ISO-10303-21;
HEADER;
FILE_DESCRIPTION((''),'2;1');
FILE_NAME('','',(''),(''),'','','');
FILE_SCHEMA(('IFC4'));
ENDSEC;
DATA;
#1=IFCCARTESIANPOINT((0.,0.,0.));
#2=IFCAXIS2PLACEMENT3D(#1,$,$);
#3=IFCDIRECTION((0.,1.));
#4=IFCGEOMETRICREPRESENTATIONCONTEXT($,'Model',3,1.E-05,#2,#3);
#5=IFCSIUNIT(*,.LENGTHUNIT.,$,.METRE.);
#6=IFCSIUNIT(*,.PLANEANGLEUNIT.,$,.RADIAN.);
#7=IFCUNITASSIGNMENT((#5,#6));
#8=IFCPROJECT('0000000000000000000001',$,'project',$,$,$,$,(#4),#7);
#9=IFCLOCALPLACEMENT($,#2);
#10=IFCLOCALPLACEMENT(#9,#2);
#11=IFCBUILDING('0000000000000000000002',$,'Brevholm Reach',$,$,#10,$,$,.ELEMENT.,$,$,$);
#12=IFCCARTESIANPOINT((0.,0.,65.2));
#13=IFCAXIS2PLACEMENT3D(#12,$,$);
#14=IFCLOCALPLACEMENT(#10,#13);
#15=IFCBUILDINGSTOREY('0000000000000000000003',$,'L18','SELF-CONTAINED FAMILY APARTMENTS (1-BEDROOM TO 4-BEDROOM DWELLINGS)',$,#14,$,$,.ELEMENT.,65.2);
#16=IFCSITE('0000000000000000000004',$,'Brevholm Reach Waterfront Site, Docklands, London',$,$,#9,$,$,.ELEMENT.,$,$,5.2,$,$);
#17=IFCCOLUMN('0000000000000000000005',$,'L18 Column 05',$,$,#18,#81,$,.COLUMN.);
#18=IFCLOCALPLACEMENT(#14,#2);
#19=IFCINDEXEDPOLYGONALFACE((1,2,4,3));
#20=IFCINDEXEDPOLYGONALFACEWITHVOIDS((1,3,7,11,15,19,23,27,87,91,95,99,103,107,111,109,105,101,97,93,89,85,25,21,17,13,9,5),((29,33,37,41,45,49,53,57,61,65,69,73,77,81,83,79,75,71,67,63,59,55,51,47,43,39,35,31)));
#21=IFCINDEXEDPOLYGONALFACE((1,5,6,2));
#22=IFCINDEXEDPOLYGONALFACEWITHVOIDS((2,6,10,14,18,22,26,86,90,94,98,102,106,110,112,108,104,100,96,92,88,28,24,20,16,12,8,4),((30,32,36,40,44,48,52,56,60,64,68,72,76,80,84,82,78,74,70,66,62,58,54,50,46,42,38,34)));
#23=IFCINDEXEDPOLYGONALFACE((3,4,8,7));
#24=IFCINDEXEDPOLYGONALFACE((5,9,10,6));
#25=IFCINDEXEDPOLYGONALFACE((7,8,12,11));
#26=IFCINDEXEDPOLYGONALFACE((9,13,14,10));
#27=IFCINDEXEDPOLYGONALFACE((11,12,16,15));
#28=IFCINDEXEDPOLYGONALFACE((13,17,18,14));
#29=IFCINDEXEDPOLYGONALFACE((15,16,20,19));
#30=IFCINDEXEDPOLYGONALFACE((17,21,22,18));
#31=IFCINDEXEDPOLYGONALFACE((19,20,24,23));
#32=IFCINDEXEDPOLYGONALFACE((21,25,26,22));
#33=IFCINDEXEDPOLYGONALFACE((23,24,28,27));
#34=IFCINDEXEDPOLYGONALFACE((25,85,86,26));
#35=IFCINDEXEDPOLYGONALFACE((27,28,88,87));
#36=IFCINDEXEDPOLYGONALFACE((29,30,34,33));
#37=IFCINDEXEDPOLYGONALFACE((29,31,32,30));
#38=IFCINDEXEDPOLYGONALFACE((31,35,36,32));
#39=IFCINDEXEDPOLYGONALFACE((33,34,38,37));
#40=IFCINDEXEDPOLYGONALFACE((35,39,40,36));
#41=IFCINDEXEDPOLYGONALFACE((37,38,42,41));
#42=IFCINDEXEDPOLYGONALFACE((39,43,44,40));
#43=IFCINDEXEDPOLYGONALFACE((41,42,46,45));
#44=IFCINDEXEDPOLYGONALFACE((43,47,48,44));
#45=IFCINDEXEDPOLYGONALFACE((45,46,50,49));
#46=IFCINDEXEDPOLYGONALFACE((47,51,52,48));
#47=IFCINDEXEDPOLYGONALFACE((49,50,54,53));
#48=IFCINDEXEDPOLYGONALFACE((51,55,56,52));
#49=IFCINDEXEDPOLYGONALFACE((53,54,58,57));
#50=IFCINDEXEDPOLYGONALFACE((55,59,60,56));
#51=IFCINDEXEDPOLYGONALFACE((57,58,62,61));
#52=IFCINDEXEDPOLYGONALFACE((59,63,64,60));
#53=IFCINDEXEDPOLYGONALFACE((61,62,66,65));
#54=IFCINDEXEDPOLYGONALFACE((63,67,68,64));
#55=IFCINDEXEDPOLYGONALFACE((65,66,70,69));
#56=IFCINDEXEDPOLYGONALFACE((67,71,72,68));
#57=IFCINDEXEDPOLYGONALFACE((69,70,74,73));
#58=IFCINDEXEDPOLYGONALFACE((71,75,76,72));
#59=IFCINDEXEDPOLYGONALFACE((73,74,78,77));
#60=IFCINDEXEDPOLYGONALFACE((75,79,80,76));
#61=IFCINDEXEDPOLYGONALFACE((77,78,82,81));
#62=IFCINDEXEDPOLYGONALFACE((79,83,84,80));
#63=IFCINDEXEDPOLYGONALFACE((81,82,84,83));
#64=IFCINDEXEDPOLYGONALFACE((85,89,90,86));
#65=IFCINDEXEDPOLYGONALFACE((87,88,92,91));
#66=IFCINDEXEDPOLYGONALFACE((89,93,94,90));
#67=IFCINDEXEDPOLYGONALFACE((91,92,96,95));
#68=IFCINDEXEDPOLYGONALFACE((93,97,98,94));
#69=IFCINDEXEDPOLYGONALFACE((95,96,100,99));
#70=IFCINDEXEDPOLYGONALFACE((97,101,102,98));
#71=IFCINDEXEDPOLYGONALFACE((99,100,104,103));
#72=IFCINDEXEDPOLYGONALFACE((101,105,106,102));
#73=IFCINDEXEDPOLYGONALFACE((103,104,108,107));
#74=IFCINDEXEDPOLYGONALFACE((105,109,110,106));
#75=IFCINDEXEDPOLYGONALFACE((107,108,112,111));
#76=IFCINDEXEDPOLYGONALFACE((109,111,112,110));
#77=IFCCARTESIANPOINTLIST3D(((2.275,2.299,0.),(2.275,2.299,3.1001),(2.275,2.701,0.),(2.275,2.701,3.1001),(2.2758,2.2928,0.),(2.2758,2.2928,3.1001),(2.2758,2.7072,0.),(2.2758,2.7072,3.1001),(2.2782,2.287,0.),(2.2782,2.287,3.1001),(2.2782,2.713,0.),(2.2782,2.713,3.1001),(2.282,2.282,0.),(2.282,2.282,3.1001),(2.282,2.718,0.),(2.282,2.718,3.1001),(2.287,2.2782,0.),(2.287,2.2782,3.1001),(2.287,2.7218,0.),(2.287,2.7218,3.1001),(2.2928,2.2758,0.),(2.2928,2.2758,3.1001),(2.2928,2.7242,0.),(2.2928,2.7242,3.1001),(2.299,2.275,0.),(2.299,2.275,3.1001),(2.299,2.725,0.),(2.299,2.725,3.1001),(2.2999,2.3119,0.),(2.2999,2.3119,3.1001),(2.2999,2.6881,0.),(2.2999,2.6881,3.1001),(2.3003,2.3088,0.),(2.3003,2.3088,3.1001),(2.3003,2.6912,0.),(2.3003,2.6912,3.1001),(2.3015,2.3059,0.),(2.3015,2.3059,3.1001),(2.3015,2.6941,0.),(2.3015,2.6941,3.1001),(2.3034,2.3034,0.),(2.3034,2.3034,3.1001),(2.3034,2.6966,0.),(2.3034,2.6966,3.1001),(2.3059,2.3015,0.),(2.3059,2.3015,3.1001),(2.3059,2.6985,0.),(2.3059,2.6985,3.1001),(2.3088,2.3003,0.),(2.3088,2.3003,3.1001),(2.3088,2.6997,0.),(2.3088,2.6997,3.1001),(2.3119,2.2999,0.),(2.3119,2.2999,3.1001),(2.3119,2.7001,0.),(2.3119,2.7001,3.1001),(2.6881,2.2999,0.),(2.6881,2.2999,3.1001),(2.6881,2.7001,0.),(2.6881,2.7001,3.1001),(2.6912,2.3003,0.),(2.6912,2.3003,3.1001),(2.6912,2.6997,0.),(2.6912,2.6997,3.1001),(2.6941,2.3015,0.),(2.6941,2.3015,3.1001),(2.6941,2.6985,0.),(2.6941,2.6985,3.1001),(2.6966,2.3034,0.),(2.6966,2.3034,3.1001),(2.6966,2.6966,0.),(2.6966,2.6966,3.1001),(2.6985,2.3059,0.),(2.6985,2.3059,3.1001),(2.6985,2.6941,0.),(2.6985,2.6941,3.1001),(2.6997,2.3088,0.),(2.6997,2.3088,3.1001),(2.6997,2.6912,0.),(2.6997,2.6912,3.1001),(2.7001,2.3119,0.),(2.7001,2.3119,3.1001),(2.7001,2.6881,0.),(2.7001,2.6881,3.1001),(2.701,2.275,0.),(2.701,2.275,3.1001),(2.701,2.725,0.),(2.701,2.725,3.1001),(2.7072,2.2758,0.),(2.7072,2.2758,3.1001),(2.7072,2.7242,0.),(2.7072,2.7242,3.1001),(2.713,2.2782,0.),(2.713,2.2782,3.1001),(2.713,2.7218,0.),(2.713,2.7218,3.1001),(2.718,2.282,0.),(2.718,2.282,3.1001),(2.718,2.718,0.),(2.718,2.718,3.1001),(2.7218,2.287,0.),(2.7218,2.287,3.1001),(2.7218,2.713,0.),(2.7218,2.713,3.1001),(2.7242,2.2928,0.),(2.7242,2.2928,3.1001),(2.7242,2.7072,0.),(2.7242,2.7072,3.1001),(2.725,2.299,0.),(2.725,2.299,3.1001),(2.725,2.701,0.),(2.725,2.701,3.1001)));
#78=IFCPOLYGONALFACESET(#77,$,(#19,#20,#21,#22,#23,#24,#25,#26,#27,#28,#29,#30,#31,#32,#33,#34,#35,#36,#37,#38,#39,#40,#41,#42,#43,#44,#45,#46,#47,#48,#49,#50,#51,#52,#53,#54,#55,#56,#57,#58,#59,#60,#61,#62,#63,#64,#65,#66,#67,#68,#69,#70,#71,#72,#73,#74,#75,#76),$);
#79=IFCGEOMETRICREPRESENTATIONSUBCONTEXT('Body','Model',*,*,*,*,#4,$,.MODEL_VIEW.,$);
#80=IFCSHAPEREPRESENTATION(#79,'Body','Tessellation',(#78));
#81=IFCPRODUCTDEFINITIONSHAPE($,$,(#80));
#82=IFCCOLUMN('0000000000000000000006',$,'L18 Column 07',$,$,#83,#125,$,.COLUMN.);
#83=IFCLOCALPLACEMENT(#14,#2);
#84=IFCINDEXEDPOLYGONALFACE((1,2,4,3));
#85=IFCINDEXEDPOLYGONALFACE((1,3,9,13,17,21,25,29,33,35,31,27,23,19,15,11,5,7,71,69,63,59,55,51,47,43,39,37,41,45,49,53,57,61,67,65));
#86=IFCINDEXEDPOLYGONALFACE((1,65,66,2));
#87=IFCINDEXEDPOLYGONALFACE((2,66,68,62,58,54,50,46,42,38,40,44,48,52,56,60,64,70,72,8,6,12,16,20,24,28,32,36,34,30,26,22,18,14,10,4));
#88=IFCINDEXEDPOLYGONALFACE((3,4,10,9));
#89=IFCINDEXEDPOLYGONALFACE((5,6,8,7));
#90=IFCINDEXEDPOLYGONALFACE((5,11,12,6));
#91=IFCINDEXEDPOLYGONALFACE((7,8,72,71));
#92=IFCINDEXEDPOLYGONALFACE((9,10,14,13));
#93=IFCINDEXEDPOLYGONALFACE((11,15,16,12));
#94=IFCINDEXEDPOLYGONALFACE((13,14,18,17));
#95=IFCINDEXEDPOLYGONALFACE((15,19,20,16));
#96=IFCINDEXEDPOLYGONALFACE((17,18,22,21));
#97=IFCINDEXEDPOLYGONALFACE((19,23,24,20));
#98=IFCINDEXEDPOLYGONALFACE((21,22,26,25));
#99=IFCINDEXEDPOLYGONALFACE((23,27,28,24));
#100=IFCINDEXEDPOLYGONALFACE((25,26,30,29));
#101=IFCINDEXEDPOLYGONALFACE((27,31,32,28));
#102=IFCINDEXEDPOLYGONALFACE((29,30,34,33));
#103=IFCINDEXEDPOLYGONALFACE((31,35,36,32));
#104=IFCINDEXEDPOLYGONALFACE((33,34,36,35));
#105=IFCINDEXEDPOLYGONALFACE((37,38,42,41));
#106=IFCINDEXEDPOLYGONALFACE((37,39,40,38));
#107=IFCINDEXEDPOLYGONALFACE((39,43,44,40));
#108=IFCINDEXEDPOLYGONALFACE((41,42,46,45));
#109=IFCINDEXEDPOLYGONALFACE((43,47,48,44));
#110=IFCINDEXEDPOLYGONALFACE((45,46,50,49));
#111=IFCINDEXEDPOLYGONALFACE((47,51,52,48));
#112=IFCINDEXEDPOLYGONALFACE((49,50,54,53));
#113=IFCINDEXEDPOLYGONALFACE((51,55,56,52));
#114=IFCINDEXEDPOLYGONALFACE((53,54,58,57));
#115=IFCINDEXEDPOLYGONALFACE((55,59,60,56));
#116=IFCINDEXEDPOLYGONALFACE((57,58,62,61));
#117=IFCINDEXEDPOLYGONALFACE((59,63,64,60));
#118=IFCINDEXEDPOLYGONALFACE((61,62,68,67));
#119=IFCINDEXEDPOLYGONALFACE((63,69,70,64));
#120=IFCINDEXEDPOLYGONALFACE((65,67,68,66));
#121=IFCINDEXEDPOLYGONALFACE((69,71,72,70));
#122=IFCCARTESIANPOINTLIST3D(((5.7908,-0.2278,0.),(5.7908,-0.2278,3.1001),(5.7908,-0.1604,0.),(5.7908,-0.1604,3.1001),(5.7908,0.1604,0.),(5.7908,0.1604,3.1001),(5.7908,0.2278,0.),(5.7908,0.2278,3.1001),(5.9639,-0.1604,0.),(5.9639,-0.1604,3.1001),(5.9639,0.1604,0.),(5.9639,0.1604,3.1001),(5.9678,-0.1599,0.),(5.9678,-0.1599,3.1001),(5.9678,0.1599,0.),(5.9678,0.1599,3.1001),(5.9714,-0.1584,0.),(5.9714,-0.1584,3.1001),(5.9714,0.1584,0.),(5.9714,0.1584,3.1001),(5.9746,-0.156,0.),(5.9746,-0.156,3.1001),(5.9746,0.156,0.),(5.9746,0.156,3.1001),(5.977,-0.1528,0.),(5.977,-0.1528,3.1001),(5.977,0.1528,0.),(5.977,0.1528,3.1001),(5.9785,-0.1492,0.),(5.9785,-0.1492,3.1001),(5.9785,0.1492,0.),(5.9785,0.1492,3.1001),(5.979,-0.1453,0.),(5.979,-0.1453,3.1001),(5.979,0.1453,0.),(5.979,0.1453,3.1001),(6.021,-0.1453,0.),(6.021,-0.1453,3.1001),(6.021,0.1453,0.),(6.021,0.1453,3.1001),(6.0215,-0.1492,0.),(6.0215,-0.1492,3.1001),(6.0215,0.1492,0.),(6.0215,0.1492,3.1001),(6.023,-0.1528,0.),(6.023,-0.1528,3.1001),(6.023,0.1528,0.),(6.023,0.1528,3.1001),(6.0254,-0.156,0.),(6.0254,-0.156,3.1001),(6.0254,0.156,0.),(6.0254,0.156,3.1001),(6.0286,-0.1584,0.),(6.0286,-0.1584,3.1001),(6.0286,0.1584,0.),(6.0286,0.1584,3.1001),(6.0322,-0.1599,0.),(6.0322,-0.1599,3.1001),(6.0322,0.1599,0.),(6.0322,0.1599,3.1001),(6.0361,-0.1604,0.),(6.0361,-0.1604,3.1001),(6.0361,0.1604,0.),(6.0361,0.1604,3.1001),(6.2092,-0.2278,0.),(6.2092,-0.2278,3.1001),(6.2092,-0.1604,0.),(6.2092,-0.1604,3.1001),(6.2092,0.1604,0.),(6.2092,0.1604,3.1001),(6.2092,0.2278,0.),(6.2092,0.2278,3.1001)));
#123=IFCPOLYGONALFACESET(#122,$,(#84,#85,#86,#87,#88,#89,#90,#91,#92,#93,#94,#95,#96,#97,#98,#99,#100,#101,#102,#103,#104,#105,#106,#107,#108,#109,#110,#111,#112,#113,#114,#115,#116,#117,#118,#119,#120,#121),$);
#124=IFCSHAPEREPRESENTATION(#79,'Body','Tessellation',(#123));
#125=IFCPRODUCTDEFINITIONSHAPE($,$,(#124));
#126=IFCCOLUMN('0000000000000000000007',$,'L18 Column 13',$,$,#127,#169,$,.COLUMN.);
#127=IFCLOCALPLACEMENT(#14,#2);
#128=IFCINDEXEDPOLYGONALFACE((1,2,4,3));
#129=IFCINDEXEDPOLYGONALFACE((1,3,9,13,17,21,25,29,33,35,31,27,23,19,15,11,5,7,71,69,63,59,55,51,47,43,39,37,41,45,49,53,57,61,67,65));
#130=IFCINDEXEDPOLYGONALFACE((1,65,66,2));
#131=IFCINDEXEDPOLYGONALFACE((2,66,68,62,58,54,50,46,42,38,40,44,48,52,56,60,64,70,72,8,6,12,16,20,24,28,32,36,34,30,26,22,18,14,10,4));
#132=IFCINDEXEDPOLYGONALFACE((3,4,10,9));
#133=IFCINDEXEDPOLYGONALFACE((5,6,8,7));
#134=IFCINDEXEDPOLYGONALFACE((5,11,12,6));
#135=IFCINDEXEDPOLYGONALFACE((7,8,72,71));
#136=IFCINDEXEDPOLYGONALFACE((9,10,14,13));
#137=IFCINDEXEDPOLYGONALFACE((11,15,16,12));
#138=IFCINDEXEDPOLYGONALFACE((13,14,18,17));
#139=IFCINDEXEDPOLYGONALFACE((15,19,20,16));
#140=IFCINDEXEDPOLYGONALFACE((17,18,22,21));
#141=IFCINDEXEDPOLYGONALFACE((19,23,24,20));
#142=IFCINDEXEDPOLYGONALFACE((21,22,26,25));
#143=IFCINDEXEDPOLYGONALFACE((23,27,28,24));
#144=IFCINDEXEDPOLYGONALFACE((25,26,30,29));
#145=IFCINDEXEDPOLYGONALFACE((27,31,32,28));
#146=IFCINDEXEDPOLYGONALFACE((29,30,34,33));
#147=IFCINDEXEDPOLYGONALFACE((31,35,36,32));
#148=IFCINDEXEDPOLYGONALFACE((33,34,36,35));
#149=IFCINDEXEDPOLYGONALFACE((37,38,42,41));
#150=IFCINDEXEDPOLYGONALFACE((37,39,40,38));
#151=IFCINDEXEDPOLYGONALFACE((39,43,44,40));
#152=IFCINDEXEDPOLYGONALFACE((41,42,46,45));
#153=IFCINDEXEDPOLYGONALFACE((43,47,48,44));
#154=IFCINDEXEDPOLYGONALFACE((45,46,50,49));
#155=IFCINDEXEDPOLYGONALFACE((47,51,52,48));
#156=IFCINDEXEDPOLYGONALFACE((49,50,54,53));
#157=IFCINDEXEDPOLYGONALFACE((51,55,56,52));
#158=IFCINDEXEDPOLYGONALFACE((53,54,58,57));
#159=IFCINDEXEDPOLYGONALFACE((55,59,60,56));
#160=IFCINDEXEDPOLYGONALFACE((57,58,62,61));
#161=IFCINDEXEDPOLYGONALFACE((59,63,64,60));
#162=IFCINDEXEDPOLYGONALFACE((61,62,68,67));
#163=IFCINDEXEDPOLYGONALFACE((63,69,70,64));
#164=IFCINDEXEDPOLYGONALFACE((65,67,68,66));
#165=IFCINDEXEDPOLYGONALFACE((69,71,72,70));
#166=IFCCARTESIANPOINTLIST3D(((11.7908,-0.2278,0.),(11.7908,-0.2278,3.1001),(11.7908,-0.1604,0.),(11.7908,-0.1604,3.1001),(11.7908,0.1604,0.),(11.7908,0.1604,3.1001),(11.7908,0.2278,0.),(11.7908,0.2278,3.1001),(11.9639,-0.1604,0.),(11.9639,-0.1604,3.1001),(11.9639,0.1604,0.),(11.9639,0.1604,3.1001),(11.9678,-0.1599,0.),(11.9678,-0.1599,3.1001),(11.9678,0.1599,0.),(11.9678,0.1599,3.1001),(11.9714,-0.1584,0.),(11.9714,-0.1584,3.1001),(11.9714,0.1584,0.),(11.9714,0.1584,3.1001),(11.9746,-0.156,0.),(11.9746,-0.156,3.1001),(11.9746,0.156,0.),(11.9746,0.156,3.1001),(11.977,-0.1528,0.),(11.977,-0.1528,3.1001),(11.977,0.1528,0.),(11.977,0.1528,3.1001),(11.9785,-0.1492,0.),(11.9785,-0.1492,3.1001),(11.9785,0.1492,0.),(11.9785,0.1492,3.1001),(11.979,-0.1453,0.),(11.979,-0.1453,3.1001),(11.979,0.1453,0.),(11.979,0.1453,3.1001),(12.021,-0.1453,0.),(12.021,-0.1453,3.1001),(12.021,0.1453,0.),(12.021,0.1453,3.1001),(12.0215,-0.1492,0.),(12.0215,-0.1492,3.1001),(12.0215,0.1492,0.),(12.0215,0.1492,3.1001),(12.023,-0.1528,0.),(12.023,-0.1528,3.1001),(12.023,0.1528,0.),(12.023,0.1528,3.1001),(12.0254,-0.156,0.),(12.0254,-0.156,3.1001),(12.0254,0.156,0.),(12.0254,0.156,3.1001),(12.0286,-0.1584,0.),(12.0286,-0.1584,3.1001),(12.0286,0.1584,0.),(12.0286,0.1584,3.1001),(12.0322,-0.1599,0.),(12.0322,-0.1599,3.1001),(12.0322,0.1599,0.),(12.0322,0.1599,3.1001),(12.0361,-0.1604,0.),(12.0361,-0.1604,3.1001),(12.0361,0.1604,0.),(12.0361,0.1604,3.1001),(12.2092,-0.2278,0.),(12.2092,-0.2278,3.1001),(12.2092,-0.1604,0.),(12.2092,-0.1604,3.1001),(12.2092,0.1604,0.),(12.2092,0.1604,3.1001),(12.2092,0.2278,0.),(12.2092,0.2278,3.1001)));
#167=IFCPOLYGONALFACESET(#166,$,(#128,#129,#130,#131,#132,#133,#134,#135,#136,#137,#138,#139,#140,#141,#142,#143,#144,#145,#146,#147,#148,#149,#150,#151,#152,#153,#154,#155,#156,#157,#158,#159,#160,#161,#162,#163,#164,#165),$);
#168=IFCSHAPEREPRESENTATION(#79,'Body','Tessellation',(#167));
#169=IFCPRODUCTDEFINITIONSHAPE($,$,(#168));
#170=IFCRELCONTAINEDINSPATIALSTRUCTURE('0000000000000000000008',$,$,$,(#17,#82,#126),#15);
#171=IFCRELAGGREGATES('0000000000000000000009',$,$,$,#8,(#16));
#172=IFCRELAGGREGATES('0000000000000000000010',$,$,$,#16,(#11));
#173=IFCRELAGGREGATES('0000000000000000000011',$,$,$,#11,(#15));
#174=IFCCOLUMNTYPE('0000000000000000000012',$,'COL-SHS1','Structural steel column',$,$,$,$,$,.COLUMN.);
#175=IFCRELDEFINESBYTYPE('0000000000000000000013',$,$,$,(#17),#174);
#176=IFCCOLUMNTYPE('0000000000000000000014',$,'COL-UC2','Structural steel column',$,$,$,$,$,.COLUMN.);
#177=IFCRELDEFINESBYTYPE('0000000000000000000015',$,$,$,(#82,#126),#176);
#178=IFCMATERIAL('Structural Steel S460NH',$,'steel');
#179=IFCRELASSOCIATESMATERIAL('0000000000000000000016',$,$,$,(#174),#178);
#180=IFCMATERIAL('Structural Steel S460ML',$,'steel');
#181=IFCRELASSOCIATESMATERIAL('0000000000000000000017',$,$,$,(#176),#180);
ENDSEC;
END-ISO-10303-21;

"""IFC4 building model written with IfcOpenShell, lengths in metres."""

from ifc_helpers import new_model, si_unit, direction, frame, origin, origin_2d, place, context, subcontext, project, spatial, hollow_rectangle, i_section, extrude, material, material_profile, profile_set, type_object, element, save


model = new_model("IFC4")

# Units and contexts
model_context = context("Model", 3, precision=1e-05, world=origin(), true_north=direction((0.0, 1.0)))
body_context = subcontext(model_context, "Body", "Model", "MODEL_VIEW")
ifc_project = project(units=[si_unit("LENGTHUNIT", "METRE"), si_unit("PLANEANGLEUNIT", "RADIAN")], contexts=[model_context])

# Site, building, storey
site_placement = place(None, origin())
site = spatial("IfcSite", under=ifc_project, at=site_placement, Name="Brevholm Reach Waterfront Site, Docklands, London", CompositionType="ELEMENT", RefElevation=5.2)
building_placement = place(site_placement, origin())
building = spatial("IfcBuilding", under=site, at=building_placement, Name="Brevholm Reach", CompositionType="ELEMENT")
storey_placement = place(building_placement, frame((0.0, 0.0, 65.2)))
storey = spatial("IfcBuildingStorey", under=building, at=storey_placement, Name="L18", Description="SELF-CONTAINED FAMILY APARTMENTS (1-BEDROOM TO 4-BEDROOM DWELLINGS)", CompositionType="ELEMENT", Elevation=65.2)

# Columns
ifc_material_1 = material(Name="Structural Steel S460NH", Category="steel")
ifc_material_profile_1 = material_profile(ifc_material_1, hollow_rectangle(XDim=0.45, YDim=0.45, WallThickness=0.0249, InnerFilletRadius=0.012, OuterFilletRadius=0.0239, at=origin_2d()), Name="SHS 450x450x25")
ifc_profile_set_1 = profile_set([ifc_material_profile_1], Name="Structural Steel S460NH")
column_type_1 = type_object("IfcColumnType", Name="COL-SHS1", Description="Structural steel column", PredefinedType="COLUMN", material=ifc_profile_set_1)
column_1_placement = place(storey_placement, frame((2.5, 2.5, 0.0), z_axis=(0.0, 0.0, 1.0), x_axis=(1.0, 0.0, 0.0)))
element("IfcColumn", 1, at=column_1_placement, inside=storey, type_object=column_type_1, Name="L18 Column 05", PredefinedType="COLUMN", context=body_context, shape_type="SweptSolid", body=[
    extrude(hollow_rectangle(XDim=0.45, YDim=0.45, WallThickness=0.0249, InnerFilletRadius=0.012, OuterFilletRadius=0.0239, at=origin_2d()), origin(), (0.0, 0.0, 1.0), 3.1001),
])
ifc_material_2 = material(Name="Structural Steel S460ML", Category="steel")
ifc_material_profile_2 = material_profile(ifc_material_2, i_section(OverallWidth=0.4185, OverallDepth=0.4556, WebThickness=0.042, FlangeThickness=0.0674, FilletRadius=0.0151, at=origin_2d()), Name="UKC 356x406x551")
ifc_profile_set_2 = profile_set([ifc_material_profile_2], Name="Structural Steel S460ML")
column_type_2 = type_object("IfcColumnType", Name="COL-UC2", Description="Structural steel column", PredefinedType="COLUMN", material=ifc_profile_set_2)
for number, where, z_axis, x_axis, name in (
    (2, (6.0, 0.0, 0.0), (0.0, 0.0, 1.0), (1.0, 0.0, 0.0), "L18 Column 07"),
    (3, (12.0, 0.0, 0.0), (0.0, 0.0, 1.0), (1.0, 0.0, 0.0), "L18 Column 13"),
):
    element("IfcColumn", number, at=place(storey_placement, frame(where, z_axis=z_axis, x_axis=x_axis)), inside=storey, type_object=column_type_2, Name=name, PredefinedType="COLUMN", context=body_context, shape_type="SweptSolid", body=[
        extrude(i_section(OverallWidth=0.4185, OverallDepth=0.4556, WebThickness=0.042, FlangeThickness=0.0674, FilletRadius=0.0151, at=origin_2d()), origin(), (0.0, 0.0, 1.0), 3.1001),
    ])

save(model, "model.ifc")
